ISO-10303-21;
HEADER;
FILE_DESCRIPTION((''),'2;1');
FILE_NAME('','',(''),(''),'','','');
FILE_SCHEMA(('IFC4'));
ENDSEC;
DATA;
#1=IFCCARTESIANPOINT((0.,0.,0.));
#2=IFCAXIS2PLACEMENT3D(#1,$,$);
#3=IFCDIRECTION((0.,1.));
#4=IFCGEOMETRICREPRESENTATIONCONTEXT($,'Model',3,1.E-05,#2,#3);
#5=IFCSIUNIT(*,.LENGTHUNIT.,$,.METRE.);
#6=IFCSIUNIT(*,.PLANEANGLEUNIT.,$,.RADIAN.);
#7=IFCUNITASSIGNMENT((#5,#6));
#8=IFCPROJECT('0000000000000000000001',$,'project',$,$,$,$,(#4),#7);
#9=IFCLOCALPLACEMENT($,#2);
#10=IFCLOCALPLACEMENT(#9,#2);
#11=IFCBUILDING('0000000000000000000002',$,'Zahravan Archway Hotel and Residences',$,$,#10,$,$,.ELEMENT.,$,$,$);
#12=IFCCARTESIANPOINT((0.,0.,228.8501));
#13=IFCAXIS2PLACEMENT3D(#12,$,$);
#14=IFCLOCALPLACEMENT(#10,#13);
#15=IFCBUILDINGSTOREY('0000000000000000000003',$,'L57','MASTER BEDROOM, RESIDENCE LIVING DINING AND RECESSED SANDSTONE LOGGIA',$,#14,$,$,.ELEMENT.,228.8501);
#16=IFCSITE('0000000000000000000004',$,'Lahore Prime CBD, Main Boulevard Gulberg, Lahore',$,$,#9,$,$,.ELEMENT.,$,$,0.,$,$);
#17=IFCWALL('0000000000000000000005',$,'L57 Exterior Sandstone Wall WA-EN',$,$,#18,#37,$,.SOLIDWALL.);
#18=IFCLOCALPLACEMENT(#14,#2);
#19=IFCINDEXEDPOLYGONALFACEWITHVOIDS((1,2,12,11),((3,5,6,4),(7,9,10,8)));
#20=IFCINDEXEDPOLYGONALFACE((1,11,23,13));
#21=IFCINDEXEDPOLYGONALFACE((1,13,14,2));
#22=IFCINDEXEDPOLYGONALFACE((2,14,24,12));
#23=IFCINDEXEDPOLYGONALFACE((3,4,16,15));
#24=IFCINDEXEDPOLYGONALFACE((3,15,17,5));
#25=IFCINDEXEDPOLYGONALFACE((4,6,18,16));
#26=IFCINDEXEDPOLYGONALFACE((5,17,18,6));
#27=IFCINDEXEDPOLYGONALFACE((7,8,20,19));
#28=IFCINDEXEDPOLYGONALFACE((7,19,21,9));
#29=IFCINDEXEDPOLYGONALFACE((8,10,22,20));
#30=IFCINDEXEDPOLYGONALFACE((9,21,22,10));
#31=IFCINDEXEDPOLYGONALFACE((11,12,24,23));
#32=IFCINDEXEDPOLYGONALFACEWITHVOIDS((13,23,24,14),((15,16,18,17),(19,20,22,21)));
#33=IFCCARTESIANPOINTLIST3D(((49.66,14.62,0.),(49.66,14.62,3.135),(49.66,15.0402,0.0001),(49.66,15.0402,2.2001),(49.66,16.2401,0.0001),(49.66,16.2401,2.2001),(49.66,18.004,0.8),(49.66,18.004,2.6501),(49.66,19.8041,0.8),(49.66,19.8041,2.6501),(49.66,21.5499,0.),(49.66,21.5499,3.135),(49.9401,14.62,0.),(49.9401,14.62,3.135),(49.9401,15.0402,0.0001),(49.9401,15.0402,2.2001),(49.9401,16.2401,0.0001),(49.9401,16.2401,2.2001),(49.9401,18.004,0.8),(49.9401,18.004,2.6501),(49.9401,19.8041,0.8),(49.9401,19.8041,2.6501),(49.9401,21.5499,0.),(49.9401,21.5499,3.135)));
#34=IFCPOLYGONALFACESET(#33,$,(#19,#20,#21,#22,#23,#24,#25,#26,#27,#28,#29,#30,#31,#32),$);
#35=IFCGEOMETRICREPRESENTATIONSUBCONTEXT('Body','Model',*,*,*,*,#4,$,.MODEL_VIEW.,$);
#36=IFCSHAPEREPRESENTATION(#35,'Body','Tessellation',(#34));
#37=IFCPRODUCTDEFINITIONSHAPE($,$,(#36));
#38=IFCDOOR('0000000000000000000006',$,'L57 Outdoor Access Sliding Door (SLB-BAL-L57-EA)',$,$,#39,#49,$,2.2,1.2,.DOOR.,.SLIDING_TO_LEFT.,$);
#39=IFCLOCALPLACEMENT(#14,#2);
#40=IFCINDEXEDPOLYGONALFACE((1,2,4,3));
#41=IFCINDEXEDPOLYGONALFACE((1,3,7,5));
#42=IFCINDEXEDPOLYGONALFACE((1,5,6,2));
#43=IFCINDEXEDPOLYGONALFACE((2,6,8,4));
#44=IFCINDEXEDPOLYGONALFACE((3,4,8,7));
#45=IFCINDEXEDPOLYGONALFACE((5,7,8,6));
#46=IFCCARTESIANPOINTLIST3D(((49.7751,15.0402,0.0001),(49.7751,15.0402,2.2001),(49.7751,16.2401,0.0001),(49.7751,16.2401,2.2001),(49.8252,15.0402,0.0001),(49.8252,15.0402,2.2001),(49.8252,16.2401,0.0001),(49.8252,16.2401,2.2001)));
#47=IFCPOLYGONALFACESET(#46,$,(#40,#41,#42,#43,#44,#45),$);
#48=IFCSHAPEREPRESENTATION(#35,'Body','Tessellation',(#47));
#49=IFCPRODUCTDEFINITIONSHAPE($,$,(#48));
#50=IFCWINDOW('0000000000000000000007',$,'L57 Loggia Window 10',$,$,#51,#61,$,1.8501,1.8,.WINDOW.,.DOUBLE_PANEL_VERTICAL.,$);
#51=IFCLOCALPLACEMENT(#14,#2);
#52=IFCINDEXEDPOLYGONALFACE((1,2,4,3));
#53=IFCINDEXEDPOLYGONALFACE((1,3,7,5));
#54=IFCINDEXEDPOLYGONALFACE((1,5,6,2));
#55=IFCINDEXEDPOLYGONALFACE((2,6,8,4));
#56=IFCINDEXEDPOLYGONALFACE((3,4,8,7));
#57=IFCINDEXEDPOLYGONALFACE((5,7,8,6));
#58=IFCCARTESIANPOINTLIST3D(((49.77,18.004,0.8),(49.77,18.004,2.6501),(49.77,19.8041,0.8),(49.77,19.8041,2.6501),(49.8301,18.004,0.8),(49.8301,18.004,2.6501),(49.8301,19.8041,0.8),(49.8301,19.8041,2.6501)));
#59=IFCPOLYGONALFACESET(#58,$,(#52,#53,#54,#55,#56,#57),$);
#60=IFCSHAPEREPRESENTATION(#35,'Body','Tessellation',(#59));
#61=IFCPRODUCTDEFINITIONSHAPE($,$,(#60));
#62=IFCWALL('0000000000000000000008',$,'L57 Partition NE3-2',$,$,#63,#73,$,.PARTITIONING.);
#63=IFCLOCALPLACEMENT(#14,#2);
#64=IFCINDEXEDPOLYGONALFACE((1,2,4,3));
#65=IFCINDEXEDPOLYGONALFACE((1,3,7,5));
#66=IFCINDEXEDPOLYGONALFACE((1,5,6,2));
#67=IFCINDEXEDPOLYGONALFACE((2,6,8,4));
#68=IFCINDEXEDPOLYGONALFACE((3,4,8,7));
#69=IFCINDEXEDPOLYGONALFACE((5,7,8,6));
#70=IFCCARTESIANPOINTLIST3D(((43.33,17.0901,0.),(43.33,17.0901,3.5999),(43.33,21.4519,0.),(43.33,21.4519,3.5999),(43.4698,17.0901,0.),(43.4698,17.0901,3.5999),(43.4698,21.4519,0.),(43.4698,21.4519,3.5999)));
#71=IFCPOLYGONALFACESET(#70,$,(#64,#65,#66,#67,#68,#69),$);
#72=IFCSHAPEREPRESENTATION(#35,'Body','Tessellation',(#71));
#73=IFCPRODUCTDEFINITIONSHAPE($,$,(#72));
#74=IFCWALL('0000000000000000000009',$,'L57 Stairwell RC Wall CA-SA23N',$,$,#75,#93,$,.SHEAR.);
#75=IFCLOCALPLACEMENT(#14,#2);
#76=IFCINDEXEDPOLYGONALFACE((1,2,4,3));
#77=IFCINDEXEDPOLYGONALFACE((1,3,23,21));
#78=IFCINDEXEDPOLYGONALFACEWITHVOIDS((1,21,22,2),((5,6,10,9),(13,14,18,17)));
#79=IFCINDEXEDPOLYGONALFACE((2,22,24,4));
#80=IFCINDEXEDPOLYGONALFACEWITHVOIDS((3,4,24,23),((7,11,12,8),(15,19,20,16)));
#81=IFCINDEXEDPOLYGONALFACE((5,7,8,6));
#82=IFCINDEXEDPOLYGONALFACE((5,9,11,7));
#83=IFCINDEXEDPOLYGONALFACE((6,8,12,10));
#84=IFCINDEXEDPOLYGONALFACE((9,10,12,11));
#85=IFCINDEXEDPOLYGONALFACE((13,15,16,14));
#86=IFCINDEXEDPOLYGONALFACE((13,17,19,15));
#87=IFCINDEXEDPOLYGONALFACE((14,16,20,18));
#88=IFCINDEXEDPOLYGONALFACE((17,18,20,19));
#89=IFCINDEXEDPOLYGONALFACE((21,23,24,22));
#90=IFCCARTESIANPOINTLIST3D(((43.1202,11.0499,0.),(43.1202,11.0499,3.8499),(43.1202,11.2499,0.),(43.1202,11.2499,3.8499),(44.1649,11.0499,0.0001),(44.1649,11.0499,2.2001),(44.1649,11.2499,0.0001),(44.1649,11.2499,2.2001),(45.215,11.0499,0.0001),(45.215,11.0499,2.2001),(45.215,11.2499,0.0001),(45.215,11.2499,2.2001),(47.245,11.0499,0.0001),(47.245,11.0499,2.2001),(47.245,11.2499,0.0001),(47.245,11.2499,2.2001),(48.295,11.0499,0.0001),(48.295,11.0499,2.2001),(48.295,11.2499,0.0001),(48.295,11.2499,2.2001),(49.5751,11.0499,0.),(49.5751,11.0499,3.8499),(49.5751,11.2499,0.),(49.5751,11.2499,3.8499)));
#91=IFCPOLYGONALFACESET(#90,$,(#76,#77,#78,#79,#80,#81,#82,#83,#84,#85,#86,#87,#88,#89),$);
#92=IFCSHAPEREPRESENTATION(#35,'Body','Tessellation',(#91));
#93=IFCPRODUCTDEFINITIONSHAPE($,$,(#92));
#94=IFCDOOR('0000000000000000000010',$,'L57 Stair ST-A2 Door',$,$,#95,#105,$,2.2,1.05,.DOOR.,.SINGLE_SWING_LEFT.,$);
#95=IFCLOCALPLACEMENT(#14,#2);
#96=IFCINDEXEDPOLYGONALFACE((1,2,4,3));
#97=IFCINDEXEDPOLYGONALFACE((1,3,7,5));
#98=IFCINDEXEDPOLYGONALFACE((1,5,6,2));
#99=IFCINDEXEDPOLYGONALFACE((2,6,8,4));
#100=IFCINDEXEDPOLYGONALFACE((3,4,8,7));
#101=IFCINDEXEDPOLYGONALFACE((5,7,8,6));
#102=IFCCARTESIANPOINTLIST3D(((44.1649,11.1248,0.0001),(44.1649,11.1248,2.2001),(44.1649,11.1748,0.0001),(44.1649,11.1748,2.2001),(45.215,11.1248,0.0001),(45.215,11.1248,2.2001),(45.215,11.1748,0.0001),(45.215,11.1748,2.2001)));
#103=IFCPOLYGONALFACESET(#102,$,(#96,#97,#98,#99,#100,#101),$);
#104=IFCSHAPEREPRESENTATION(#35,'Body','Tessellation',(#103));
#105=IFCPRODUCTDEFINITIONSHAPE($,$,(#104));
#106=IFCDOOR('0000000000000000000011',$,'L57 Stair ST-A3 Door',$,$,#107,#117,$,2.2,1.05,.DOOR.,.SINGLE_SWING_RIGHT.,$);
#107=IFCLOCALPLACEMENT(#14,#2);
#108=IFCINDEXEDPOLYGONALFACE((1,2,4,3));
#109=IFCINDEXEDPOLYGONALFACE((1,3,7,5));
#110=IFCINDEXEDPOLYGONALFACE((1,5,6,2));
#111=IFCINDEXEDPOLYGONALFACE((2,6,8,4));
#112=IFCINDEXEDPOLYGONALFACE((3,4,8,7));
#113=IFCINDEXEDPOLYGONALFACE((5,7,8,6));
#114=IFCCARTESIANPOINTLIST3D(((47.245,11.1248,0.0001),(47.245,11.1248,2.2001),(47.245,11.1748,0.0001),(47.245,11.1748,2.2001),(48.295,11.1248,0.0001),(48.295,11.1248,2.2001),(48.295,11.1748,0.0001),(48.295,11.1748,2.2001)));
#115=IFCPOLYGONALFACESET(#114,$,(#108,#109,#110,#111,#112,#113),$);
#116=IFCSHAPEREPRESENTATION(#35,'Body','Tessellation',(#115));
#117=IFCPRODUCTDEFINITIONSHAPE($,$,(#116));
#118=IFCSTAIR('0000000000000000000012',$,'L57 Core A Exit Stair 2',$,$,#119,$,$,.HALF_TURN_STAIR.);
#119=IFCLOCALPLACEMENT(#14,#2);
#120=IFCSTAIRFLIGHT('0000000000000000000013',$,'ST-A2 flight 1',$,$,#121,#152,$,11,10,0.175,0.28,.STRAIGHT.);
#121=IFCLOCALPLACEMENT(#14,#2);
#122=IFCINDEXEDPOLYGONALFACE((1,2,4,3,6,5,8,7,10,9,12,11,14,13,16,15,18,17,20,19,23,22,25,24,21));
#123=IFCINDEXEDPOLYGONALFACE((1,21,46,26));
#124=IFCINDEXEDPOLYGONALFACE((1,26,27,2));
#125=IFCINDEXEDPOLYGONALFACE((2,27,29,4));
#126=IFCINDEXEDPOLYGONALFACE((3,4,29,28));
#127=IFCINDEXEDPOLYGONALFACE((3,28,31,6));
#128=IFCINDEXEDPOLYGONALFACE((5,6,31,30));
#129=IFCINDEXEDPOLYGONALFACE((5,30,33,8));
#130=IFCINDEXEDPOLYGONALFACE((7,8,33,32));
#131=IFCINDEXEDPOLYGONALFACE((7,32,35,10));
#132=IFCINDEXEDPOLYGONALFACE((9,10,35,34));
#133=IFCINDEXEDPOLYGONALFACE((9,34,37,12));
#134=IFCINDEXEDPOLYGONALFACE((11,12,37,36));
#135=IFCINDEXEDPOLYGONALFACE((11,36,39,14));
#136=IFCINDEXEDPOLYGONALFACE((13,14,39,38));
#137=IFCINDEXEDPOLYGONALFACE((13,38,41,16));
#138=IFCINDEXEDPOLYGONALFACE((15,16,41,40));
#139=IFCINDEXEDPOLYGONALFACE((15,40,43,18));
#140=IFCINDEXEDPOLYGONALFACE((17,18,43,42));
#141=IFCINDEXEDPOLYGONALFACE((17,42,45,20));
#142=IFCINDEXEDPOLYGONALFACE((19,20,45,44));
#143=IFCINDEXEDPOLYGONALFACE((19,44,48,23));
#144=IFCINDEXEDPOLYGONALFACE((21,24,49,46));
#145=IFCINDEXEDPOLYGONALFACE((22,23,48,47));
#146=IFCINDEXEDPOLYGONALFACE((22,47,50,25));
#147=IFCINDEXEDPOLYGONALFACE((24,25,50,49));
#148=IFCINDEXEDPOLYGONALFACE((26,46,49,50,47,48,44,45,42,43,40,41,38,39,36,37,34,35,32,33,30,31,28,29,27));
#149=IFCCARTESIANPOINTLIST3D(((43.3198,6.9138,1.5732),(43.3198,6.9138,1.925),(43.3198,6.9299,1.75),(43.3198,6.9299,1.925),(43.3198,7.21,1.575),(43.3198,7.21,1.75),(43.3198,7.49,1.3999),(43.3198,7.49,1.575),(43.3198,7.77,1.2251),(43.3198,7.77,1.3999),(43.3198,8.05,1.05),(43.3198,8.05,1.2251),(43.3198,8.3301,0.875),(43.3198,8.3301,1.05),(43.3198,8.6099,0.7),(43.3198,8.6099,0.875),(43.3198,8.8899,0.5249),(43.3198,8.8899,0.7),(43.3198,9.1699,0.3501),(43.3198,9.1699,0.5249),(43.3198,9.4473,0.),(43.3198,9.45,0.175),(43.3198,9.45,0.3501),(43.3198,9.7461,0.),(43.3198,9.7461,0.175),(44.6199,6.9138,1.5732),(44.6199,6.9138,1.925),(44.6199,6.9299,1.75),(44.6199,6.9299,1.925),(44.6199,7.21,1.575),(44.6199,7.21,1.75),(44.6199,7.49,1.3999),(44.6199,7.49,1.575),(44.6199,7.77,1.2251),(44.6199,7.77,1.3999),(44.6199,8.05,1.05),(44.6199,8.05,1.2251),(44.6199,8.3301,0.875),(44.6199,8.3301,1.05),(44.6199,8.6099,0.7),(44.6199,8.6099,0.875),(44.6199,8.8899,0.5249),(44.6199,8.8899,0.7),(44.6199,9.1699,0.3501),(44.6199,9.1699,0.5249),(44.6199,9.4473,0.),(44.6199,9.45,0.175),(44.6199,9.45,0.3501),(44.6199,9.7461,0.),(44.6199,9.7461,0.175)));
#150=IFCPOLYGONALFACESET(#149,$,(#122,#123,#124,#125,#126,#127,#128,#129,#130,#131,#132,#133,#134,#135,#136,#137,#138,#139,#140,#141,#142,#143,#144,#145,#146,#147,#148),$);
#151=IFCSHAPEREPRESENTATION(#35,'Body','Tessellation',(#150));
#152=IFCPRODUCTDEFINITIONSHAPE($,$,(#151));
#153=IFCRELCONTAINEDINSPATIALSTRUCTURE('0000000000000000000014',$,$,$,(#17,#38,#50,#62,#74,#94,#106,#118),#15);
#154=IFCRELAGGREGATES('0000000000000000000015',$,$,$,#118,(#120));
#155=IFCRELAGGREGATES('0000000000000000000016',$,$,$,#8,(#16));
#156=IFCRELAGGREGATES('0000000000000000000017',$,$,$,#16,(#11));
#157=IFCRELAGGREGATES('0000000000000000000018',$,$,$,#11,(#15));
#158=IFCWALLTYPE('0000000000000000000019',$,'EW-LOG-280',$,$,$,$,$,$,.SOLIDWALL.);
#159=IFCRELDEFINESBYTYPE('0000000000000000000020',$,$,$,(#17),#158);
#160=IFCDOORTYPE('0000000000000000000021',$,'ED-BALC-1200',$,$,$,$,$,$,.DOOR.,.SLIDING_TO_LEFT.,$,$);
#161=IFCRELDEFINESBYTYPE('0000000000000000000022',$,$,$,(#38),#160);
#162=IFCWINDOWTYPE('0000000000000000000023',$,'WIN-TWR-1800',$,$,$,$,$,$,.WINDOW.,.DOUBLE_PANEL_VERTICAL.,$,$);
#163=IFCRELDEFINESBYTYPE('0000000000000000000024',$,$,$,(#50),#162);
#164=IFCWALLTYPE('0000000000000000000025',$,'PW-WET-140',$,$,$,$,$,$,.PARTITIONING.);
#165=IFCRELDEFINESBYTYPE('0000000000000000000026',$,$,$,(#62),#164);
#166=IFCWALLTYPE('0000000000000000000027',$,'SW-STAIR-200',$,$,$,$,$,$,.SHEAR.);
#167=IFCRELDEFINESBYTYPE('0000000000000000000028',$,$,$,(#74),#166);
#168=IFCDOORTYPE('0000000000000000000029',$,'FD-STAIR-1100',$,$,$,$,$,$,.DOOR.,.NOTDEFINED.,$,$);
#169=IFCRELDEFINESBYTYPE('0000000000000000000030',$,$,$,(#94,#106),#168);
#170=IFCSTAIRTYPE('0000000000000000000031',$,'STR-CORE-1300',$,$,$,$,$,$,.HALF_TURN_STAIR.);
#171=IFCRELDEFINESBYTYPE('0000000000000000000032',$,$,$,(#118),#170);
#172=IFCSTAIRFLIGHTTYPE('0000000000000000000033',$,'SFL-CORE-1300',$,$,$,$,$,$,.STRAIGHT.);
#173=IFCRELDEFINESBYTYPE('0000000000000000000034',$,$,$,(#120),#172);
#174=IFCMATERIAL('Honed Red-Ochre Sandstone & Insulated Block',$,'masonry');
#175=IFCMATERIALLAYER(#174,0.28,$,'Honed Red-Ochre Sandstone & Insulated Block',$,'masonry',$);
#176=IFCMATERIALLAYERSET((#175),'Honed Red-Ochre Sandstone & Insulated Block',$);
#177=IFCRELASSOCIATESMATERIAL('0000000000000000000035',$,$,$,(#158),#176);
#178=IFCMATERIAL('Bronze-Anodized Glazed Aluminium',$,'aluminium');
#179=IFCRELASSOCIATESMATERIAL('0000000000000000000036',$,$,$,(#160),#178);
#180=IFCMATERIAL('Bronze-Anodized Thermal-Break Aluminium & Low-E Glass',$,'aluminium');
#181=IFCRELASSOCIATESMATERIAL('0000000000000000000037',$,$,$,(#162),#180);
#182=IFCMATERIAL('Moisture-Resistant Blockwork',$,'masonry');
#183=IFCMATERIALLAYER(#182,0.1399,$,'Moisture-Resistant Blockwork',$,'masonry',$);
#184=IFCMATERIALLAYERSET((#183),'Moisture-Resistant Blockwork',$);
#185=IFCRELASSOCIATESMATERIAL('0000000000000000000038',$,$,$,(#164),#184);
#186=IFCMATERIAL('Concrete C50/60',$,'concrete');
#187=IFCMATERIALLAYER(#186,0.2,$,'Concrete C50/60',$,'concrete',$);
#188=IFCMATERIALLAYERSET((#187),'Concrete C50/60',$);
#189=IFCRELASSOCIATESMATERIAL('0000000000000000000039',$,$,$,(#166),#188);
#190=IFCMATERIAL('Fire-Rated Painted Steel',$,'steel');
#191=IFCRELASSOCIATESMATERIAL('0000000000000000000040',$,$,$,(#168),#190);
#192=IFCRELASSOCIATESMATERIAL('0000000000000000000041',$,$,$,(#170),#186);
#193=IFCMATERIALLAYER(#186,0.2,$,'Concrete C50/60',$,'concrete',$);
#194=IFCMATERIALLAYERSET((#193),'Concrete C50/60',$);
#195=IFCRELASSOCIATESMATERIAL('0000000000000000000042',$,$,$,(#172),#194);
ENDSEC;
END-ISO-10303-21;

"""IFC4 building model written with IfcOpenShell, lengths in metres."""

from ifc_helpers import new_model, si_unit, direction, frame, frame_2d, origin, place, context, subcontext, project, spatial, polyline, rectangle, outline, extrude, source, transform, mapped, material, layer, layer_set, type_object, type_shapes, element, fill, aggregate, save


model = new_model("IFC4")

# Units and contexts
model_context = context("Model", 3, precision=1e-05, world=origin(), true_north=direction((0.0, 1.0)))
body_context = subcontext(model_context, "Body", "Model", "MODEL_VIEW")
ifc_project = project(units=[si_unit("LENGTHUNIT", "METRE"), si_unit("PLANEANGLEUNIT", "RADIAN")], contexts=[model_context])

# Site, building, storey
site_placement = place(None, origin())
site = spatial("IfcSite", under=ifc_project, at=site_placement, Name="Lahore Prime CBD, Main Boulevard Gulberg, Lahore", CompositionType="ELEMENT", RefElevation=0.0)
building_placement = place(site_placement, origin())
building = spatial("IfcBuilding", under=site, at=building_placement, Name="Zahravan Archway Hotel and Residences", CompositionType="ELEMENT")
storey_placement = place(building_placement, frame((0.0, 0.0, 228.8501)))
storey = spatial("IfcBuildingStorey", under=building, at=storey_placement, Name="L57", Description="MASTER BEDROOM, RESIDENCE LIVING DINING AND RECESSED SANDSTONE LOGGIA", CompositionType="ELEMENT", Elevation=228.8501)

# Wall, openings, door, window
ifc_material_1 = material(Name="Honed Red-Ochre Sandstone & Insulated Block", Category="masonry")
ifc_layer_1 = layer(ifc_material_1, 0.28, Name="Honed Red-Ochre Sandstone & Insulated Block", Category="masonry")
ifc_layer_set_1 = layer_set([ifc_layer_1], Name="Honed Red-Ochre Sandstone & Insulated Block")
wall_type_1 = type_object("IfcWallType", Name="EW-LOG-280", PredefinedType="SOLIDWALL", material=ifc_layer_set_1)
wall_1_placement = place(storey_placement, frame((49.8, 14.6201, 0.0), z_axis=(0.0, 0.0, 1.0), x_axis=(0.0, 1.0, 0.0)))
wall_1 = element("IfcWall", 1, at=wall_1_placement, inside=storey, type_object=wall_type_1, Name="L57 Exterior Sandstone Wall WA-EN", PredefinedType="SOLIDWALL", context=body_context, shape_type="SweptSolid", body=[
    extrude(rectangle(XDim=6.9299, YDim=0.28, at=frame_2d((3.4648, 0.0))), origin(), (0.0, 0.0, 1.0), 3.135),
])
opening_1_placement = place(wall_1_placement, frame((0.4199, 0.0, 0.0)))
opening_1 = element("IfcOpeningElement", 2, at=opening_1_placement, cuts=wall_1, PredefinedType="OPENING", context=body_context, shape_type="SweptSolid", body=[
    extrude(rectangle(XDim=1.2, YDim=2.2, at=frame_2d((0.6001, 1.1001))), frame((0.0, 0.1499, 0.0), z_axis=(0.0, -1.0, 0.0), x_axis=(1.0, 0.0, 0.0)), (0.0, 0.0, 1.0), 0.3),
])
opening_2_placement = place(wall_1_placement, frame((3.384, 0.0, 0.8)))
opening_2 = element("IfcOpeningElement", 3, at=opening_2_placement, cuts=wall_1, PredefinedType="OPENING", context=body_context, shape_type="SweptSolid", body=[
    extrude(rectangle(XDim=1.8, YDim=1.8501, at=frame_2d((0.8999, 0.925))), frame((0.0, 0.1499, 0.0), z_axis=(0.0, -1.0, 0.0), x_axis=(1.0, 0.0, 0.0)), (0.0, 0.0, 1.0), 0.3),
])
ifc_material_2 = material(Name="Bronze-Anodized Glazed Aluminium", Category="aluminium")
door_type_1 = type_object("IfcDoorType", Name="ED-BALC-1200", OperationType="SLIDING_TO_LEFT", PredefinedType="DOOR", material=ifc_material_2)
shared_shape_1 = source(origin(), body_context, "Body", "SweptSolid", [
    extrude(rectangle(XDim=1.2, YDim=2.2, at=frame_2d((0.6001, 1.1001))), frame((0.0, 0.0249, 0.0), z_axis=(0.0, -1.0, 0.0), x_axis=(1.0, 0.0, 0.0)), (0.0, 0.0, 1.0), 0.05),
])
type_shapes(door_type_1, [shared_shape_1])
door_1_placement = place(opening_1_placement, origin())
door_1 = element("IfcDoor", 4, at=door_1_placement, inside=storey, type_object=door_type_1, Name="L57 Outdoor Access Sliding Door (SLB-BAL-L57-EA)", OperationType="SLIDING_TO_LEFT", OverallHeight=2.2, OverallWidth=1.2, PredefinedType="DOOR", context=body_context, shape_type="MappedRepresentation", body=[
    mapped(shared_shape_1, transform((0.0, 0.0, 0.0), scale=1.0)),
])
fill(opening_1, door_1)
ifc_material_3 = material(Name="Bronze-Anodized Thermal-Break Aluminium & Low-E Glass", Category="aluminium")
window_type = type_object("IfcWindowType", Name="WIN-TWR-1800", PartitioningType="DOUBLE_PANEL_VERTICAL", PredefinedType="WINDOW", material=ifc_material_3)
shared_shape_2 = source(origin(), body_context, "Body", "SweptSolid", [
    extrude(rectangle(XDim=1.8, YDim=1.8501, at=frame_2d((0.8999, 0.925))), frame((0.0, 0.03, 0.0), z_axis=(0.0, -1.0, 0.0), x_axis=(1.0, 0.0, 0.0)), (0.0, 0.0, 1.0), 0.0601),
])
type_shapes(window_type, [shared_shape_2])
window_placement = place(opening_2_placement, origin())
window = element("IfcWindow", 5, at=window_placement, inside=storey, type_object=window_type, Name="L57 Loggia Window 10", OverallHeight=1.8501, OverallWidth=1.8, PartitioningType="DOUBLE_PANEL_VERTICAL", PredefinedType="WINDOW", context=body_context, shape_type="MappedRepresentation", body=[
    mapped(shared_shape_2, transform((0.0, 0.0, 0.0), scale=1.0)),
])
fill(opening_2, window)

# Shared definitions
ifc_material_4 = material(Name="Fire-Rated Painted Steel", Category="steel")

# Wall
ifc_material_5 = material(Name="Moisture-Resistant Blockwork", Category="masonry")
ifc_layer_2 = layer(ifc_material_5, 0.1399, Name="Moisture-Resistant Blockwork", Category="masonry")
ifc_layer_set_2 = layer_set([ifc_layer_2], Name="Moisture-Resistant Blockwork")
wall_type_2 = type_object("IfcWallType", Name="PW-WET-140", PredefinedType="PARTITIONING", material=ifc_layer_set_2)
wall_2_placement = place(storey_placement, frame((43.3999, 17.0901, 0.0), z_axis=(0.0, 0.0, 1.0), x_axis=(0.0, 1.0, 0.0)))
element("IfcWall", 6, at=wall_2_placement, inside=storey, type_object=wall_type_2, Name="L57 Partition NE3-2", PredefinedType="PARTITIONING", context=body_context, shape_type="SweptSolid", body=[
    extrude(rectangle(XDim=4.3618, YDim=0.1399, at=frame_2d((2.1809, 0.0))), origin(), (0.0, 0.0, 1.0), 3.5999),
])

# Wall, openings, doors
ifc_material_6 = material(Name="Concrete C50/60", Category="concrete")
ifc_layer_3 = layer(ifc_material_6, 0.2, Name="Concrete C50/60", Category="concrete")
ifc_layer_set_3 = layer_set([ifc_layer_3], Name="Concrete C50/60")
wall_type_3 = type_object("IfcWallType", Name="SW-STAIR-200", PredefinedType="SHEAR", material=ifc_layer_set_3)
wall_3_placement = place(storey_placement, frame((43.1201, 11.1499, 0.0), z_axis=(0.0, 0.0, 1.0), x_axis=(1.0, 0.0, 0.0)))
wall_3 = element("IfcWall", 7, at=wall_3_placement, inside=storey, type_object=wall_type_3, Name="L57 Stairwell RC Wall CA-SA23N", PredefinedType="SHEAR", context=body_context, shape_type="SweptSolid", body=[
    extrude(rectangle(XDim=6.4548, YDim=0.2, at=frame_2d((3.2275, 0.0))), origin(), (0.0, 0.0, 1.0), 3.8499),
])
opening_3_placement = place(wall_3_placement, frame((1.0449, 0.0, 0.0)))
opening_3 = element("IfcOpeningElement", 8, at=opening_3_placement, cuts=wall_3, PredefinedType="OPENING", context=body_context, shape_type="SweptSolid", body=[
    extrude(rectangle(XDim=1.05, YDim=2.2, at=frame_2d((0.5249, 1.1001))), frame((0.0, 0.1099, 0.0), z_axis=(0.0, -1.0, 0.0), x_axis=(1.0, 0.0, 0.0)), (0.0, 0.0, 1.0), 0.22),
])
opening_4_placement = place(wall_3_placement, frame((4.125, 0.0, 0.0)))
opening_4 = element("IfcOpeningElement", 9, at=opening_4_placement, cuts=wall_3, PredefinedType="OPENING", context=body_context, shape_type="SweptSolid", body=[
    extrude(rectangle(XDim=1.05, YDim=2.2, at=frame_2d((0.5249, 1.1001))), frame((0.0, 0.1099, 0.0), z_axis=(0.0, -1.0, 0.0), x_axis=(1.0, 0.0, 0.0)), (0.0, 0.0, 1.0), 0.22),
])
door_type_2 = type_object("IfcDoorType", Name="FD-STAIR-1100", OperationType="NOTDEFINED", PredefinedType="DOOR", material=ifc_material_4)
shared_shape_3 = source(origin(), body_context, "Body", "SweptSolid", [
    extrude(rectangle(XDim=1.05, YDim=2.2, at=frame_2d((0.5249, 1.1001))), frame((0.0, 0.0249, 0.0), z_axis=(0.0, -1.0, 0.0), x_axis=(1.0, 0.0, 0.0)), (0.0, 0.0, 1.0), 0.05),
])
type_shapes(door_type_2, [shared_shape_3])
door_2_placement = place(opening_3_placement, origin())
door_2 = element("IfcDoor", 10, at=door_2_placement, inside=storey, type_object=door_type_2, Name="L57 Stair ST-A2 Door", OperationType="SINGLE_SWING_LEFT", OverallHeight=2.2, OverallWidth=1.05, PredefinedType="DOOR", context=body_context, shape_type="MappedRepresentation", body=[
    mapped(shared_shape_3, transform((0.0, 0.0, 0.0), scale=1.0)),
])
fill(opening_3, door_2)
door_3_placement = place(opening_4_placement, origin())
door_3 = element("IfcDoor", 11, at=door_3_placement, inside=storey, type_object=door_type_2, Name="L57 Stair ST-A3 Door", OperationType="SINGLE_SWING_RIGHT", OverallHeight=2.2, OverallWidth=1.05, PredefinedType="DOOR", context=body_context, shape_type="MappedRepresentation", body=[
    mapped(shared_shape_3, transform((0.0, 0.0, 0.0), scale=1.0)),
])
fill(opening_4, door_3)

# Stair, stair flight
stair_type = type_object("IfcStairType", Name="STR-CORE-1300", PredefinedType="HALF_TURN_STAIR", material=ifc_material_6)
stair_1_placement = place(storey_placement, origin())
stair_1 = element("IfcStair", 12, at=stair_1_placement, inside=storey, type_object=stair_type, Name="L57 Core A Exit Stair 2", PredefinedType="HALF_TURN_STAIR")
ifc_layer_4 = layer(ifc_material_6, 0.2, Name="Concrete C50/60", Category="concrete")
ifc_layer_set_4 = layer_set([ifc_layer_4], Name="Concrete C50/60")
stair_flight_type = type_object("IfcStairFlightType", Name="SFL-CORE-1300", PredefinedType="STRAIGHT", material=ifc_layer_set_4)
shared_shape_4 = source(origin(), body_context, "Body", "SweptSolid", [
    extrude(outline(polyline([(-0.0161, 0.0), (-0.0161, 0.175), (0.28, 0.175), (0.28, 0.3501), (0.5601, 0.3501), (0.5601, 0.5249), (0.8401, 0.5249), (0.8401, 0.7), (1.1201, 0.7), (1.1201, 0.875), (1.3999, 0.875), (1.3999, 1.05), (1.6799, 1.05), (1.6799, 1.2251), (1.96, 1.2251), (1.96, 1.3999), (2.24, 1.3999), (2.24, 1.575), (2.52, 1.575), (2.52, 1.75), (2.8, 1.75), (2.8, 1.925), (2.8162, 1.925), (2.8162, 1.5732), (0.2827, 0.0), (-0.0161, 0.0)])), frame((0.0, 0.6499, 0.0), z_axis=(0.0, -1.0, 0.0), x_axis=(1.0, 0.0, 0.0)), (0.0, 0.0, 1.0), 1.3),
])
stair_flight_1_placement = place(storey_placement, frame((43.97, 9.73, 0.0), z_axis=(0.0, 0.0, 1.0), x_axis=(0.0, -1.0, 0.0)))
stair_flight_1 = element("IfcStairFlight", 13, at=stair_flight_1_placement, type_object=stair_flight_type, Name="ST-A2 flight 1", NumberOfRisers=11, NumberOfTreads=10, PredefinedType="STRAIGHT", RiserHeight=0.175, TreadLength=0.28, context=body_context, shape_type="MappedRepresentation", body=[
    mapped(shared_shape_4, transform((0.0, 0.0, 0.0), scale=1.0)),
])
aggregate(stair_1, [stair_flight_1])

save(model, "model.ifc")
